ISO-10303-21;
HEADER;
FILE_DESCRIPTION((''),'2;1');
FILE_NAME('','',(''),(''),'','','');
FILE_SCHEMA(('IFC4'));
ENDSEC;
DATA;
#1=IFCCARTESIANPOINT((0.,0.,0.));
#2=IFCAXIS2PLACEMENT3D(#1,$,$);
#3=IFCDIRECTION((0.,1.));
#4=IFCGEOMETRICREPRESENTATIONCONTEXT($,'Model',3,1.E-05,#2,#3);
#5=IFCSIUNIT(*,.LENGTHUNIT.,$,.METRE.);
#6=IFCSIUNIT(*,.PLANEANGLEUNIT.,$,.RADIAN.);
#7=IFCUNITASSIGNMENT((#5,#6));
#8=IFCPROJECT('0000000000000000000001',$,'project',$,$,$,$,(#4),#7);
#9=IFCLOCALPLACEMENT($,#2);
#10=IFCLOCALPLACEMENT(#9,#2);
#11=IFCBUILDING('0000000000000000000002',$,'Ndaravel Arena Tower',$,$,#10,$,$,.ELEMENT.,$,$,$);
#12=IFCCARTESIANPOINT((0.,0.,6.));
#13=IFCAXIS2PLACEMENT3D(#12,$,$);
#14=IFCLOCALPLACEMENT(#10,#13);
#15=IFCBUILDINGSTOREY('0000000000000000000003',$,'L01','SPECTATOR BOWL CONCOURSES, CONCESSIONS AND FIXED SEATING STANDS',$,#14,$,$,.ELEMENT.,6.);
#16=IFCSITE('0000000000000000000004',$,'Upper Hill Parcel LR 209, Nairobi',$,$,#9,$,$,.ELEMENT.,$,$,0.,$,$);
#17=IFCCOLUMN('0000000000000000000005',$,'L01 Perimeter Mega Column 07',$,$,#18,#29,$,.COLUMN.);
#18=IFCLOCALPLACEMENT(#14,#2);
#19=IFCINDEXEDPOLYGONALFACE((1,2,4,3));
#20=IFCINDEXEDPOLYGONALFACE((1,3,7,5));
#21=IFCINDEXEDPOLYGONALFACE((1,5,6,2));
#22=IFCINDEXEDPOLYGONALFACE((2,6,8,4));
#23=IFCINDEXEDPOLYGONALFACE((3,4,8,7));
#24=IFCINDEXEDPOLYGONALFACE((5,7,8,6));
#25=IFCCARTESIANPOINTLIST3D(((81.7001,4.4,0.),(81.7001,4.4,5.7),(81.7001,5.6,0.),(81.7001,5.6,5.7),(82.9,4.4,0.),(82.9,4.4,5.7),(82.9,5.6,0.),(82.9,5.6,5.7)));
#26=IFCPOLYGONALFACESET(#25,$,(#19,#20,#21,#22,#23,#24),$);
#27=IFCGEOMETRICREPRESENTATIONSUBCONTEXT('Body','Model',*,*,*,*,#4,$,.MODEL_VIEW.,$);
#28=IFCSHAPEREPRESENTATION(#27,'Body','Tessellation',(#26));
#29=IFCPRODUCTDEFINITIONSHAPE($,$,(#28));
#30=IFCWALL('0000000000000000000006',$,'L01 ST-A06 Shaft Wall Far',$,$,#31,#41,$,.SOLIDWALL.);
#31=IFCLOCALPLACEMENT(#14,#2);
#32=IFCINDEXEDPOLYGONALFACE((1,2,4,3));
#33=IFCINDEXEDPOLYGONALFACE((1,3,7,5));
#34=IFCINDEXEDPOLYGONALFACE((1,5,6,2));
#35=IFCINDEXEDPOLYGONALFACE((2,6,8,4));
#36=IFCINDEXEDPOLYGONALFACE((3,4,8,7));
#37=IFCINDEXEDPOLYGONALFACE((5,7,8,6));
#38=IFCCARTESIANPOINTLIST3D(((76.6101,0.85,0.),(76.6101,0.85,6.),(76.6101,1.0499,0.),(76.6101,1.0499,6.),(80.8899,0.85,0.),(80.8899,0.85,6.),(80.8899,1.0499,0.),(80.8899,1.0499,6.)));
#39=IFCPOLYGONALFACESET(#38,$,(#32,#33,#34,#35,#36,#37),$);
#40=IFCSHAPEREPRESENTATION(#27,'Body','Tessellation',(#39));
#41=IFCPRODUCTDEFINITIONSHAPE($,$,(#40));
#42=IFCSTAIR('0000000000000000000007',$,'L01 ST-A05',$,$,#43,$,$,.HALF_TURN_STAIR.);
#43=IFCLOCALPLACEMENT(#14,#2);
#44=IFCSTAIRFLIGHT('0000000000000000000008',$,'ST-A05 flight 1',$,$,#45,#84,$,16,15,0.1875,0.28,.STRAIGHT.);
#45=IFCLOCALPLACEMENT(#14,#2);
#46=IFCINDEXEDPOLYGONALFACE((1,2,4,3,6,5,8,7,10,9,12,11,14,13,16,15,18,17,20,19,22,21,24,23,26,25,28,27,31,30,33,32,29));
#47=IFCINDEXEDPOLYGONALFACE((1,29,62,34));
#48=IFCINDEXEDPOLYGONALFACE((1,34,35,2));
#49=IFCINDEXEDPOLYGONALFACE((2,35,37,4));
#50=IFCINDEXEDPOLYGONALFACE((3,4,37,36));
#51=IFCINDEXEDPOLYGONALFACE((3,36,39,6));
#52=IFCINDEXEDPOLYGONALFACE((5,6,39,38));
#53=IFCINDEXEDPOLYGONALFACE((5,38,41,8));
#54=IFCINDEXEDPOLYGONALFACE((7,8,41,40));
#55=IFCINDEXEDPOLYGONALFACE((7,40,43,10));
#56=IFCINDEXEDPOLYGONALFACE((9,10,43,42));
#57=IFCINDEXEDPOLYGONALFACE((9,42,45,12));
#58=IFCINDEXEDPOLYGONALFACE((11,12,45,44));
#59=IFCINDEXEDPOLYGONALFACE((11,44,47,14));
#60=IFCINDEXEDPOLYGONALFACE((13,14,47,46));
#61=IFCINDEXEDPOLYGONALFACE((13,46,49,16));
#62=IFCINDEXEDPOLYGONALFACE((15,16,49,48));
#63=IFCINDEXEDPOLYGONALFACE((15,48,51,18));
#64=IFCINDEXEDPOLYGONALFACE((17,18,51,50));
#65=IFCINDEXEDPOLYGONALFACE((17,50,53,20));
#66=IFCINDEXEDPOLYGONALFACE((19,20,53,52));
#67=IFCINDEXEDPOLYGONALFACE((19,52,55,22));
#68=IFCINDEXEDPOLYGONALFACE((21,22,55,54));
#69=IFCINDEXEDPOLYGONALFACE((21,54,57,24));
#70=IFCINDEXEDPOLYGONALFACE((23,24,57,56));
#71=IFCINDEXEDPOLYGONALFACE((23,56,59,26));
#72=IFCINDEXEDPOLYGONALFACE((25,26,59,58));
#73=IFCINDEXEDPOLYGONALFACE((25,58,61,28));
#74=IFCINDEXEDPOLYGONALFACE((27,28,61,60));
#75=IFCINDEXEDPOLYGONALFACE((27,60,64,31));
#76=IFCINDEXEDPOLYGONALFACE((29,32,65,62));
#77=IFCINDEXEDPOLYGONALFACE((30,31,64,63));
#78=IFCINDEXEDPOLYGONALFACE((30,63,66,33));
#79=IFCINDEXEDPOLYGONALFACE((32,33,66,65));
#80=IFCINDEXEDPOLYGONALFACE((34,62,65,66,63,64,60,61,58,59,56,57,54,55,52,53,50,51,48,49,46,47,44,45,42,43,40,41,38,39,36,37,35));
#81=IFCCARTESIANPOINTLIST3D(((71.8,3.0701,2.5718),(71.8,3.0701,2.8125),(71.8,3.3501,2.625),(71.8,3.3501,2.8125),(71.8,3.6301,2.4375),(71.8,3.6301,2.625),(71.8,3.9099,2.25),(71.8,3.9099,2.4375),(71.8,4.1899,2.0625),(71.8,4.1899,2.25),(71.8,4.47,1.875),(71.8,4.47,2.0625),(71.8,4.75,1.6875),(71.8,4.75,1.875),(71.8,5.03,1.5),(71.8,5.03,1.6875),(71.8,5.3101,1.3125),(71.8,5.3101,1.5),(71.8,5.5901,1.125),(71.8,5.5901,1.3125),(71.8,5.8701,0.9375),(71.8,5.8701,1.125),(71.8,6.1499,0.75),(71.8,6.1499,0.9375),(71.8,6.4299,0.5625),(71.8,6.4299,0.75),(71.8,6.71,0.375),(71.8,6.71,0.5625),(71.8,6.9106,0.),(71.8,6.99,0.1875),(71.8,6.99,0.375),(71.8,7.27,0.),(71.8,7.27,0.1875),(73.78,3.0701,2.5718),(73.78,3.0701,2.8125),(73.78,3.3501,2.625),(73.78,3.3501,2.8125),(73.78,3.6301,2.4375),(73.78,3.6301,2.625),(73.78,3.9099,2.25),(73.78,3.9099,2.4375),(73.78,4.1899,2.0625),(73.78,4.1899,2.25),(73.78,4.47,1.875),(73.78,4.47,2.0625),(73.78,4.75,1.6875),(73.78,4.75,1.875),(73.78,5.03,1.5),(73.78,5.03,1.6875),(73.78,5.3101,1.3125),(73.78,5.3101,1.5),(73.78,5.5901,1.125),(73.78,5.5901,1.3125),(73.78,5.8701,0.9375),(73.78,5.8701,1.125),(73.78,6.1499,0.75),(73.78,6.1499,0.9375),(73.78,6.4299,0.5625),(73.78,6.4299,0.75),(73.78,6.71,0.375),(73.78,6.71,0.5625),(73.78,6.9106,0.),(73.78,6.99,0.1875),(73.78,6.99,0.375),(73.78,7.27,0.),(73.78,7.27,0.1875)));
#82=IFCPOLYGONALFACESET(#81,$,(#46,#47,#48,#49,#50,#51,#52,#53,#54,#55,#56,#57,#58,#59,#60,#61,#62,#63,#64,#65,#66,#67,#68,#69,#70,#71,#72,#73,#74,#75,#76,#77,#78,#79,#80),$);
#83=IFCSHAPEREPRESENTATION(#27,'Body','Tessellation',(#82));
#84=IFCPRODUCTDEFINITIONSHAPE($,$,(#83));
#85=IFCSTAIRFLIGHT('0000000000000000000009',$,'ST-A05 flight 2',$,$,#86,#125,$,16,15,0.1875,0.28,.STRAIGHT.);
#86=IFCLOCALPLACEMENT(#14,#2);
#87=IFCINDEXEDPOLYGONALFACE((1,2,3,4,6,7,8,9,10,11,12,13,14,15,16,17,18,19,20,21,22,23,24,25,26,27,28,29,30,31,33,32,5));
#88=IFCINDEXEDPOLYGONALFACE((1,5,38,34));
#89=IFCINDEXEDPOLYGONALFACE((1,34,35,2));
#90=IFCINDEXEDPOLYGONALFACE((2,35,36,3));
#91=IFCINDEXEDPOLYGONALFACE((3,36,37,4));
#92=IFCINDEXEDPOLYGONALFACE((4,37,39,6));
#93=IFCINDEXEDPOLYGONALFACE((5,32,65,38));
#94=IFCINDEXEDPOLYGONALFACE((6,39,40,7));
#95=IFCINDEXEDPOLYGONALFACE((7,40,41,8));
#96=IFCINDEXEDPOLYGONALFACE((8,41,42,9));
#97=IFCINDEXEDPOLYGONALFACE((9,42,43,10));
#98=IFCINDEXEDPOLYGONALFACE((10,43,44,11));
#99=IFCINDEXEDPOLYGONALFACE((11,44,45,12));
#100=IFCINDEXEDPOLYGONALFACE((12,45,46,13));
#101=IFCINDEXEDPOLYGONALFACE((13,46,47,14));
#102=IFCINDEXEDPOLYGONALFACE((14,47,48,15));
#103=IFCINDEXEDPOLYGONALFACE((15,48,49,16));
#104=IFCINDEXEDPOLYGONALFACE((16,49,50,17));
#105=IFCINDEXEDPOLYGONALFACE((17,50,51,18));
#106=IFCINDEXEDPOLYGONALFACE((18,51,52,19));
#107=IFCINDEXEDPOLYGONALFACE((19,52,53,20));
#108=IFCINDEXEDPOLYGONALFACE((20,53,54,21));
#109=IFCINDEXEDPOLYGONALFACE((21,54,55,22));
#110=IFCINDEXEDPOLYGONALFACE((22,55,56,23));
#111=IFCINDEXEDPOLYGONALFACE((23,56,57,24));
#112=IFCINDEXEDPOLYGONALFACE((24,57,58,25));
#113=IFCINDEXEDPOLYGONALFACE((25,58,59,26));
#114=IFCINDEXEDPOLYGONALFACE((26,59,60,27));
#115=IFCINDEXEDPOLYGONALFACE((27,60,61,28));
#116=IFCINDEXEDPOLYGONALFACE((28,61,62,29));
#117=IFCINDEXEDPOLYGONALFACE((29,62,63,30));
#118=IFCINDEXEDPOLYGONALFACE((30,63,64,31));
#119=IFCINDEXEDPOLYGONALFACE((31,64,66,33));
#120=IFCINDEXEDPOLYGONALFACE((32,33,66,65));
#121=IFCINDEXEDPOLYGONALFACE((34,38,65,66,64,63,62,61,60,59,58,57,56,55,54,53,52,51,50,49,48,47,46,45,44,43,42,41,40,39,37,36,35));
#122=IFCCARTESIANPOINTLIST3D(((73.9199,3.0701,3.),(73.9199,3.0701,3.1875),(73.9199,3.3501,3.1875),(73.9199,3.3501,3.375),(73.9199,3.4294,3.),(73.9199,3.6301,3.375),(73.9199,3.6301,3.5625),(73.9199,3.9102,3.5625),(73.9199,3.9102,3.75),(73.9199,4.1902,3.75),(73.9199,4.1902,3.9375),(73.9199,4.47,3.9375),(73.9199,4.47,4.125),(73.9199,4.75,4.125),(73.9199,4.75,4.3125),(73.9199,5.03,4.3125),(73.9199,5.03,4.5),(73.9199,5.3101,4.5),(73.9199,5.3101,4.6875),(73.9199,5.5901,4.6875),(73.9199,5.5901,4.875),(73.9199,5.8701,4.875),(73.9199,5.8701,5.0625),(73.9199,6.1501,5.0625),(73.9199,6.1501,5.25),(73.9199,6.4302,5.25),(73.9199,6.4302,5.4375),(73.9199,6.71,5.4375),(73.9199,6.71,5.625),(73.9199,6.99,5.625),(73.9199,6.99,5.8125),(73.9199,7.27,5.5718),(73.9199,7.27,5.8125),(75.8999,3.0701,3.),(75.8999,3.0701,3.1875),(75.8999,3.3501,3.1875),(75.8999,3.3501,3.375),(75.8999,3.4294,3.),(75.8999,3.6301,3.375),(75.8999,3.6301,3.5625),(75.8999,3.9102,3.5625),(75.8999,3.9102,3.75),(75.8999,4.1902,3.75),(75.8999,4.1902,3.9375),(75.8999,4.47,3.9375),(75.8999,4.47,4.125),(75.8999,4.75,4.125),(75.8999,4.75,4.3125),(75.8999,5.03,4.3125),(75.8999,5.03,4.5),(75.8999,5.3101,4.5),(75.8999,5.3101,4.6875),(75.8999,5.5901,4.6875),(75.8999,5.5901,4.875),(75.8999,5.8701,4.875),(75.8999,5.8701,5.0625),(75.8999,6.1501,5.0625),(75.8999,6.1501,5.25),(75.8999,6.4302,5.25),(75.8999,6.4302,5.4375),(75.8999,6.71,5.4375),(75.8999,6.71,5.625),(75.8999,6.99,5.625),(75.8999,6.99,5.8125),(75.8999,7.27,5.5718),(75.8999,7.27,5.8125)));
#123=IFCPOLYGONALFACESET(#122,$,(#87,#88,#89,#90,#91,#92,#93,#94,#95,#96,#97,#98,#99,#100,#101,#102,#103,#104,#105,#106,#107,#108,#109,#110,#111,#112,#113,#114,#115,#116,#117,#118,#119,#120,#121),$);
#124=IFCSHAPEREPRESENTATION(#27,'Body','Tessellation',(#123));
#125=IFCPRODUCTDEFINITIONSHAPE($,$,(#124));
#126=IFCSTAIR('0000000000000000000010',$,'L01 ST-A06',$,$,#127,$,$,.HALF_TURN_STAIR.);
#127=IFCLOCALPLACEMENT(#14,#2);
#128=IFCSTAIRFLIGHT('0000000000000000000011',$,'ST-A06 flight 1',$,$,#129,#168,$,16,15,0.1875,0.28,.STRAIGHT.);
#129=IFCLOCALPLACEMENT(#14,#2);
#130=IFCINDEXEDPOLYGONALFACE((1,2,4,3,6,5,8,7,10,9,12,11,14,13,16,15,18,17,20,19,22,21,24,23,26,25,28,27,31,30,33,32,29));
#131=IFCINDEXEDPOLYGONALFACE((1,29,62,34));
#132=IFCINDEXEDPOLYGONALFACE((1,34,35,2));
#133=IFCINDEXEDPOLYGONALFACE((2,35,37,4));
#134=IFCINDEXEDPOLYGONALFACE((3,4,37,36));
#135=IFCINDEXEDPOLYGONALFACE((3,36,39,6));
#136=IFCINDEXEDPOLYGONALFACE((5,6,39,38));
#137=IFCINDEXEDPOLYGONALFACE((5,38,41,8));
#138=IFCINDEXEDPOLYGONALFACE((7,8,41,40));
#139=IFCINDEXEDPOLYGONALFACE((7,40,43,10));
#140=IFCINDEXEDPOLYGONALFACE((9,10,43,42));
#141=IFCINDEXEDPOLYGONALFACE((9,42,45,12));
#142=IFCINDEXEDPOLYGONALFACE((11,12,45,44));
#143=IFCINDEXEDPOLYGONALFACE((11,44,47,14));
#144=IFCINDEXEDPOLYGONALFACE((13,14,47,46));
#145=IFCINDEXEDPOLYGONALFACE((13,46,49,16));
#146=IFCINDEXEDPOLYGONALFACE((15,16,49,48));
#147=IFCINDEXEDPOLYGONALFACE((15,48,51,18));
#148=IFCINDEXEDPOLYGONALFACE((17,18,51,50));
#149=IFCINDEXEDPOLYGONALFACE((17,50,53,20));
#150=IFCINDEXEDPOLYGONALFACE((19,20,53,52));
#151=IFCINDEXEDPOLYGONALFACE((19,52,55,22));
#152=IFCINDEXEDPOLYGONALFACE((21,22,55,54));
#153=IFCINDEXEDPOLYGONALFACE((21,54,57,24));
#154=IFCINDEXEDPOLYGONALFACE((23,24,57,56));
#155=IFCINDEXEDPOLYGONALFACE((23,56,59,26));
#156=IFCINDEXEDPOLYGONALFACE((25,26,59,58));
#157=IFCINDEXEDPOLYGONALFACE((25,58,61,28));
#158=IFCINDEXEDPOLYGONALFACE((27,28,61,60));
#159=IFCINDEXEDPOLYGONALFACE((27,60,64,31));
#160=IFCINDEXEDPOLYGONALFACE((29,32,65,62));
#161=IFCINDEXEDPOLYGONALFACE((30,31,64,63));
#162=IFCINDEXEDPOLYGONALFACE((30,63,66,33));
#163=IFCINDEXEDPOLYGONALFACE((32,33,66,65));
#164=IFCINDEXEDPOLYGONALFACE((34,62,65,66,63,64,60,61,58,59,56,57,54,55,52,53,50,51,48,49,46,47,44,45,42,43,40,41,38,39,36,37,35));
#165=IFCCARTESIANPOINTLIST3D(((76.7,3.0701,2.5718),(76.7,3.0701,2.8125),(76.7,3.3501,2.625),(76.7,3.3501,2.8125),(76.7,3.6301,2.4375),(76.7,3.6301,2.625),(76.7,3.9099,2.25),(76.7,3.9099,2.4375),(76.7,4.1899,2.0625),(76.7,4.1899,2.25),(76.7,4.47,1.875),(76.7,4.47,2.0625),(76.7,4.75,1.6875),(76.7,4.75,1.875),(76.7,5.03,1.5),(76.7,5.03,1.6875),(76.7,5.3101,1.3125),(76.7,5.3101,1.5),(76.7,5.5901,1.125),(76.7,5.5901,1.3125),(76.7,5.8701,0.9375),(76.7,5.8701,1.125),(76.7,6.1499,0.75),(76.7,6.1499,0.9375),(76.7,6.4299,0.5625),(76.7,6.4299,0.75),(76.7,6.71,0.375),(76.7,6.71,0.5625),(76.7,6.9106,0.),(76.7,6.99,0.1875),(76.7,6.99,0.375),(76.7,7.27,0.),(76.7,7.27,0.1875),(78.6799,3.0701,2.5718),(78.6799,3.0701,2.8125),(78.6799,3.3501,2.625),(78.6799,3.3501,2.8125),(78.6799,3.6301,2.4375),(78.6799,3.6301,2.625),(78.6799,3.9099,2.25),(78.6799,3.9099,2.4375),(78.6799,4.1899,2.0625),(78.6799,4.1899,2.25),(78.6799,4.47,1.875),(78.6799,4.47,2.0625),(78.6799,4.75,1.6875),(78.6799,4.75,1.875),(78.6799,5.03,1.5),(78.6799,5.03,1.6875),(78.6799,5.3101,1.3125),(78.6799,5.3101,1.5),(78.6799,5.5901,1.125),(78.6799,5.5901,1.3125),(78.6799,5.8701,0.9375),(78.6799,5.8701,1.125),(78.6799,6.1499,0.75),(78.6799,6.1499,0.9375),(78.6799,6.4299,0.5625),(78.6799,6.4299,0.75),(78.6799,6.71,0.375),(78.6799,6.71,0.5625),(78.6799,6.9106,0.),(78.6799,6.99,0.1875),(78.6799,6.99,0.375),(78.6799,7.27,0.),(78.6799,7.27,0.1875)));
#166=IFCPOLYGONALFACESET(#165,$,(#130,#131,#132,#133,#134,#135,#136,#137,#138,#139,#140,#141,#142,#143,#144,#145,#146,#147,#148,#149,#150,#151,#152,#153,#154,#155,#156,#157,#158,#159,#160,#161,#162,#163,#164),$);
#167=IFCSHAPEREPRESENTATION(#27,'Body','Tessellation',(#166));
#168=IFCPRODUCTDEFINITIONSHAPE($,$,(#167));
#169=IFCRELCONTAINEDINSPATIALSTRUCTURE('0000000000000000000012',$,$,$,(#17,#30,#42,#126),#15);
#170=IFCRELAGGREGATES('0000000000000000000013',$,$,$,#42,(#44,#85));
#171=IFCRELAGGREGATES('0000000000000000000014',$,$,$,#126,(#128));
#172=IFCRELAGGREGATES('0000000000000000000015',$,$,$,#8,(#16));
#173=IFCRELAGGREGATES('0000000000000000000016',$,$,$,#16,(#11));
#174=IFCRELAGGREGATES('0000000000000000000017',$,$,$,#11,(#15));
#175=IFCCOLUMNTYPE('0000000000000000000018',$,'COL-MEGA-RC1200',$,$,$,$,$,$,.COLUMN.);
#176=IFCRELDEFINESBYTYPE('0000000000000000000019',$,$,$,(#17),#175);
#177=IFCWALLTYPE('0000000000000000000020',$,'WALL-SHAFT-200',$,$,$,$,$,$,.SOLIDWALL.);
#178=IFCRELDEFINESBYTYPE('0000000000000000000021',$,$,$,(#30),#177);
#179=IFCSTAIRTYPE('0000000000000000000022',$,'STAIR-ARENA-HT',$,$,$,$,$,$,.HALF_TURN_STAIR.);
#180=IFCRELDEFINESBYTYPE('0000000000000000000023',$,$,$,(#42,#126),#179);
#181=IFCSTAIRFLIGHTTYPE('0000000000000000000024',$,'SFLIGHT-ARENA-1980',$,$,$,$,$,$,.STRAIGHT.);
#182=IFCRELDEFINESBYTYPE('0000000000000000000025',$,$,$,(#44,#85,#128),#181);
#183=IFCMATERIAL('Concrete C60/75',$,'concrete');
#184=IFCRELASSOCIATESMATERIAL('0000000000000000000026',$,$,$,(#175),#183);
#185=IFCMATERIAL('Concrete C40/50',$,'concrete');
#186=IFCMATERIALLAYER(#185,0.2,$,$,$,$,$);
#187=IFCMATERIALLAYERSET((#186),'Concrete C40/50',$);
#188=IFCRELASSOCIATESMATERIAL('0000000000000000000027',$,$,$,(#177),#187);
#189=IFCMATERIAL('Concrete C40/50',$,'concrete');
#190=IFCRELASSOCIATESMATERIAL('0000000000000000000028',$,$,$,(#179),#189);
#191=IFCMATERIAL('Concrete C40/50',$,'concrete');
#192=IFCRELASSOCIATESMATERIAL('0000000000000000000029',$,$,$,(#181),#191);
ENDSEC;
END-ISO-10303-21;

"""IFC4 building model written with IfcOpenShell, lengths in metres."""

from ifc_helpers import new_model, si_unit, direction, frame, frame_2d, origin, origin_2d, place, context, subcontext, project, spatial, polyline, rectangle, outline, extrude, material, layer, layer_set, material_profile, profile_set, type_object, element, aggregate, save


model = new_model("IFC4")

# Units and contexts
model_context = context("Model", 3, precision=1e-05, world=origin(), true_north=direction((0.0, 1.0)))
body_context = subcontext(model_context, "Body", "Model", "MODEL_VIEW")
ifc_project = project(units=[si_unit("LENGTHUNIT", "METRE"), si_unit("PLANEANGLEUNIT", "RADIAN")], contexts=[model_context])

# Site, building, storey
site_placement = place(None, origin())
site = spatial("IfcSite", under=ifc_project, at=site_placement, Name="Upper Hill Parcel LR 209, Nairobi", CompositionType="ELEMENT", RefElevation=0.0)
building_placement = place(site_placement, origin())
building = spatial("IfcBuilding", under=site, at=building_placement, Name="Ndaravel Arena Tower", CompositionType="ELEMENT")
storey_placement = place(building_placement, frame((0.0, 0.0, 6.0)))
storey = spatial("IfcBuildingStorey", under=building, at=storey_placement, Name="L01", Description="SPECTATOR BOWL CONCOURSES, CONCESSIONS AND FIXED SEATING STANDS", CompositionType="ELEMENT", Elevation=6.0)

# Column
ifc_material_1 = material(Name="Concrete C60/75", Category="concrete")
ifc_material_profile = material_profile(ifc_material_1, rectangle(XDim=1.2, YDim=1.2, at=origin_2d()), Name="RC 1200x1200")
ifc_profile_set = profile_set([ifc_material_profile], Name="Concrete C60/75")
column_type = type_object("IfcColumnType", Name="COL-MEGA-RC1200", PredefinedType="COLUMN", material=ifc_profile_set)
column_placement = place(storey_placement, frame((82.3, 5.0, 0.0), z_axis=(0.0, 0.0, 1.0), x_axis=(1.0, 0.0, 0.0)))
element("IfcColumn", 1, at=column_placement, inside=storey, type_object=column_type, Name="L01 Perimeter Mega Column 07", PredefinedType="COLUMN", context=body_context, shape_type="SweptSolid", body=[
    extrude(rectangle(XDim=1.2, YDim=1.2, at=origin_2d()), origin(), (0.0, 0.0, 1.0), 5.7),
])

# Wall
ifc_material_2 = material(Name="Concrete C40/50", Category="concrete")
ifc_layer_1 = layer(ifc_material_2, 0.2)
ifc_layer_set_1 = layer_set([ifc_layer_1], Name="Concrete C40/50")
wall_type_1 = type_object("IfcWallType", Name="WALL-SHAFT-200", PredefinedType="SOLIDWALL", material=ifc_layer_set_1)
wall_1_placement = place(storey_placement, frame((76.6101, 0.95, 0.0), z_axis=(0.0, 0.0, 1.0), x_axis=(1.0, 0.0, 0.0)))
element("IfcWall", 2, at=wall_1_placement, inside=storey, type_object=wall_type_1, Name="L01 ST-A06 Shaft Wall Far", PredefinedType="SOLIDWALL", context=body_context, shape_type="SweptSolid", body=[
    extrude(rectangle(XDim=4.2798, YDim=0.2, at=frame_2d((2.1399, 0.0))), origin(), (0.0, 0.0, 1.0), 6.0),
])

# Stairs, stair flights
ifc_material_3 = material(Name="Concrete C40/50", Category="concrete")
stair_type = type_object("IfcStairType", Name="STAIR-ARENA-HT", PredefinedType="HALF_TURN_STAIR", material=ifc_material_3)
stair_1_placement = place(storey_placement, origin())
stair_1 = element("IfcStair", 3, at=stair_1_placement, inside=storey, type_object=stair_type, Name="L01 ST-A05", PredefinedType="HALF_TURN_STAIR")
ifc_material_4 = material(Name="Concrete C40/50", Category="concrete")
stair_flight_type = type_object("IfcStairFlightType", Name="SFLIGHT-ARENA-1980", PredefinedType="STRAIGHT", material=ifc_material_4)
stair_flight_1_placement = place(storey_placement, frame((72.79, 7.27, 0.0), z_axis=(0.0, 0.0, 1.0), x_axis=(0.0, -1.0, 0.0)))
stair_flight_1 = element("IfcStairFlight", 4, at=stair_flight_1_placement, type_object=stair_flight_type, Name="ST-A05 flight 1", NumberOfRisers=16, NumberOfTreads=15, PredefinedType="STRAIGHT", RiserHeight=0.1875, TreadLength=0.28, context=body_context, shape_type="SweptSolid", body=[
    extrude(outline(polyline([(0.0, 0.0), (0.0, 0.1875), (0.28, 0.1875), (0.28, 0.375), (0.5601, 0.375), (0.5601, 0.5625), (0.8401, 0.5625), (0.8401, 0.75), (1.1201, 0.75), (1.1201, 0.9375), (1.3999, 0.9375), (1.3999, 1.125), (1.6799, 1.125), (1.6799, 1.3125), (1.96, 1.3125), (1.96, 1.5), (2.24, 1.5), (2.24, 1.6875), (2.52, 1.6875), (2.52, 1.875), (2.8, 1.875), (2.8, 2.0625), (3.0801, 2.0625), (3.0801, 2.25), (3.3601, 2.25), (3.3601, 2.4375), (3.6399, 2.4375), (3.6399, 2.625), (3.9199, 2.625), (3.9199, 2.8125), (4.2, 2.8125), (4.2, 3.0), (4.2, 2.5718), (0.3594, 0.0), (0.0, 0.0)])), frame((0.0, 0.99, 0.0), z_axis=(0.0, -1.0, 0.0), x_axis=(1.0, 0.0, 0.0)), (0.0, 0.0, 1.0), 1.98),
])
stair_flight_2_placement = place(storey_placement, frame((74.9099, 3.0701, 3.0), z_axis=(0.0, 0.0, 1.0), x_axis=(0.0, 1.0, 0.0)))
stair_flight_2 = element("IfcStairFlight", 5, at=stair_flight_2_placement, type_object=stair_flight_type, Name="ST-A05 flight 2", NumberOfRisers=16, NumberOfTreads=15, PredefinedType="STRAIGHT", RiserHeight=0.1875, TreadLength=0.28, context=body_context, shape_type="SweptSolid", body=[
    extrude(outline(polyline([(0.0, 0.0), (0.0, 0.1875), (0.28, 0.1875), (0.28, 0.375), (0.5601, 0.375), (0.5601, 0.5625), (0.8401, 0.5625), (0.8401, 0.75), (1.1201, 0.75), (1.1201, 0.9375), (1.3999, 0.9375), (1.3999, 1.125), (1.6799, 1.125), (1.6799, 1.3125), (1.96, 1.3125), (1.96, 1.5), (2.24, 1.5), (2.24, 1.6875), (2.52, 1.6875), (2.52, 1.875), (2.8, 1.875), (2.8, 2.0625), (3.0801, 2.0625), (3.0801, 2.25), (3.3601, 2.25), (3.3601, 2.4375), (3.6399, 2.4375), (3.6399, 2.625), (3.9199, 2.625), (3.9199, 2.8125), (4.2, 2.8125), (4.2, 3.0), (4.2, 2.5718), (0.3594, 0.0), (0.0, 0.0)])), frame((0.0, 0.99, 0.0), z_axis=(0.0, -1.0, 0.0), x_axis=(1.0, 0.0, 0.0)), (0.0, 0.0, 1.0), 1.98),
])
aggregate(stair_1, [stair_flight_1, stair_flight_2])
stair_2_placement = place(storey_placement, origin())
stair_2 = element("IfcStair", 6, at=stair_2_placement, inside=storey, type_object=stair_type, Name="L01 ST-A06", PredefinedType="HALF_TURN_STAIR")
stair_flight_3_placement = place(storey_placement, frame((77.6899, 7.27, 0.0), z_axis=(0.0, 0.0, 1.0), x_axis=(0.0, -1.0, 0.0)))
stair_flight_3 = element("IfcStairFlight", 7, at=stair_flight_3_placement, type_object=stair_flight_type, Name="ST-A06 flight 1", NumberOfRisers=16, NumberOfTreads=15, PredefinedType="STRAIGHT", RiserHeight=0.1875, TreadLength=0.28, context=body_context, shape_type="SweptSolid", body=[
    extrude(outline(polyline([(0.0, 0.0), (0.0, 0.1875), (0.28, 0.1875), (0.28, 0.375), (0.5601, 0.375), (0.5601, 0.5625), (0.8401, 0.5625), (0.8401, 0.75), (1.1201, 0.75), (1.1201, 0.9375), (1.3999, 0.9375), (1.3999, 1.125), (1.6799, 1.125), (1.6799, 1.3125), (1.96, 1.3125), (1.96, 1.5), (2.24, 1.5), (2.24, 1.6875), (2.52, 1.6875), (2.52, 1.875), (2.8, 1.875), (2.8, 2.0625), (3.0801, 2.0625), (3.0801, 2.25), (3.3601, 2.25), (3.3601, 2.4375), (3.6399, 2.4375), (3.6399, 2.625), (3.9199, 2.625), (3.9199, 2.8125), (4.2, 2.8125), (4.2, 3.0), (4.2, 2.5718), (0.3594, 0.0), (0.0, 0.0)])), frame((0.0, 0.99, 0.0), z_axis=(0.0, -1.0, 0.0), x_axis=(1.0, 0.0, 0.0)), (0.0, 0.0, 1.0), 1.98),
])
aggregate(stair_2, [stair_flight_3])

save(model, "model.ifc")
